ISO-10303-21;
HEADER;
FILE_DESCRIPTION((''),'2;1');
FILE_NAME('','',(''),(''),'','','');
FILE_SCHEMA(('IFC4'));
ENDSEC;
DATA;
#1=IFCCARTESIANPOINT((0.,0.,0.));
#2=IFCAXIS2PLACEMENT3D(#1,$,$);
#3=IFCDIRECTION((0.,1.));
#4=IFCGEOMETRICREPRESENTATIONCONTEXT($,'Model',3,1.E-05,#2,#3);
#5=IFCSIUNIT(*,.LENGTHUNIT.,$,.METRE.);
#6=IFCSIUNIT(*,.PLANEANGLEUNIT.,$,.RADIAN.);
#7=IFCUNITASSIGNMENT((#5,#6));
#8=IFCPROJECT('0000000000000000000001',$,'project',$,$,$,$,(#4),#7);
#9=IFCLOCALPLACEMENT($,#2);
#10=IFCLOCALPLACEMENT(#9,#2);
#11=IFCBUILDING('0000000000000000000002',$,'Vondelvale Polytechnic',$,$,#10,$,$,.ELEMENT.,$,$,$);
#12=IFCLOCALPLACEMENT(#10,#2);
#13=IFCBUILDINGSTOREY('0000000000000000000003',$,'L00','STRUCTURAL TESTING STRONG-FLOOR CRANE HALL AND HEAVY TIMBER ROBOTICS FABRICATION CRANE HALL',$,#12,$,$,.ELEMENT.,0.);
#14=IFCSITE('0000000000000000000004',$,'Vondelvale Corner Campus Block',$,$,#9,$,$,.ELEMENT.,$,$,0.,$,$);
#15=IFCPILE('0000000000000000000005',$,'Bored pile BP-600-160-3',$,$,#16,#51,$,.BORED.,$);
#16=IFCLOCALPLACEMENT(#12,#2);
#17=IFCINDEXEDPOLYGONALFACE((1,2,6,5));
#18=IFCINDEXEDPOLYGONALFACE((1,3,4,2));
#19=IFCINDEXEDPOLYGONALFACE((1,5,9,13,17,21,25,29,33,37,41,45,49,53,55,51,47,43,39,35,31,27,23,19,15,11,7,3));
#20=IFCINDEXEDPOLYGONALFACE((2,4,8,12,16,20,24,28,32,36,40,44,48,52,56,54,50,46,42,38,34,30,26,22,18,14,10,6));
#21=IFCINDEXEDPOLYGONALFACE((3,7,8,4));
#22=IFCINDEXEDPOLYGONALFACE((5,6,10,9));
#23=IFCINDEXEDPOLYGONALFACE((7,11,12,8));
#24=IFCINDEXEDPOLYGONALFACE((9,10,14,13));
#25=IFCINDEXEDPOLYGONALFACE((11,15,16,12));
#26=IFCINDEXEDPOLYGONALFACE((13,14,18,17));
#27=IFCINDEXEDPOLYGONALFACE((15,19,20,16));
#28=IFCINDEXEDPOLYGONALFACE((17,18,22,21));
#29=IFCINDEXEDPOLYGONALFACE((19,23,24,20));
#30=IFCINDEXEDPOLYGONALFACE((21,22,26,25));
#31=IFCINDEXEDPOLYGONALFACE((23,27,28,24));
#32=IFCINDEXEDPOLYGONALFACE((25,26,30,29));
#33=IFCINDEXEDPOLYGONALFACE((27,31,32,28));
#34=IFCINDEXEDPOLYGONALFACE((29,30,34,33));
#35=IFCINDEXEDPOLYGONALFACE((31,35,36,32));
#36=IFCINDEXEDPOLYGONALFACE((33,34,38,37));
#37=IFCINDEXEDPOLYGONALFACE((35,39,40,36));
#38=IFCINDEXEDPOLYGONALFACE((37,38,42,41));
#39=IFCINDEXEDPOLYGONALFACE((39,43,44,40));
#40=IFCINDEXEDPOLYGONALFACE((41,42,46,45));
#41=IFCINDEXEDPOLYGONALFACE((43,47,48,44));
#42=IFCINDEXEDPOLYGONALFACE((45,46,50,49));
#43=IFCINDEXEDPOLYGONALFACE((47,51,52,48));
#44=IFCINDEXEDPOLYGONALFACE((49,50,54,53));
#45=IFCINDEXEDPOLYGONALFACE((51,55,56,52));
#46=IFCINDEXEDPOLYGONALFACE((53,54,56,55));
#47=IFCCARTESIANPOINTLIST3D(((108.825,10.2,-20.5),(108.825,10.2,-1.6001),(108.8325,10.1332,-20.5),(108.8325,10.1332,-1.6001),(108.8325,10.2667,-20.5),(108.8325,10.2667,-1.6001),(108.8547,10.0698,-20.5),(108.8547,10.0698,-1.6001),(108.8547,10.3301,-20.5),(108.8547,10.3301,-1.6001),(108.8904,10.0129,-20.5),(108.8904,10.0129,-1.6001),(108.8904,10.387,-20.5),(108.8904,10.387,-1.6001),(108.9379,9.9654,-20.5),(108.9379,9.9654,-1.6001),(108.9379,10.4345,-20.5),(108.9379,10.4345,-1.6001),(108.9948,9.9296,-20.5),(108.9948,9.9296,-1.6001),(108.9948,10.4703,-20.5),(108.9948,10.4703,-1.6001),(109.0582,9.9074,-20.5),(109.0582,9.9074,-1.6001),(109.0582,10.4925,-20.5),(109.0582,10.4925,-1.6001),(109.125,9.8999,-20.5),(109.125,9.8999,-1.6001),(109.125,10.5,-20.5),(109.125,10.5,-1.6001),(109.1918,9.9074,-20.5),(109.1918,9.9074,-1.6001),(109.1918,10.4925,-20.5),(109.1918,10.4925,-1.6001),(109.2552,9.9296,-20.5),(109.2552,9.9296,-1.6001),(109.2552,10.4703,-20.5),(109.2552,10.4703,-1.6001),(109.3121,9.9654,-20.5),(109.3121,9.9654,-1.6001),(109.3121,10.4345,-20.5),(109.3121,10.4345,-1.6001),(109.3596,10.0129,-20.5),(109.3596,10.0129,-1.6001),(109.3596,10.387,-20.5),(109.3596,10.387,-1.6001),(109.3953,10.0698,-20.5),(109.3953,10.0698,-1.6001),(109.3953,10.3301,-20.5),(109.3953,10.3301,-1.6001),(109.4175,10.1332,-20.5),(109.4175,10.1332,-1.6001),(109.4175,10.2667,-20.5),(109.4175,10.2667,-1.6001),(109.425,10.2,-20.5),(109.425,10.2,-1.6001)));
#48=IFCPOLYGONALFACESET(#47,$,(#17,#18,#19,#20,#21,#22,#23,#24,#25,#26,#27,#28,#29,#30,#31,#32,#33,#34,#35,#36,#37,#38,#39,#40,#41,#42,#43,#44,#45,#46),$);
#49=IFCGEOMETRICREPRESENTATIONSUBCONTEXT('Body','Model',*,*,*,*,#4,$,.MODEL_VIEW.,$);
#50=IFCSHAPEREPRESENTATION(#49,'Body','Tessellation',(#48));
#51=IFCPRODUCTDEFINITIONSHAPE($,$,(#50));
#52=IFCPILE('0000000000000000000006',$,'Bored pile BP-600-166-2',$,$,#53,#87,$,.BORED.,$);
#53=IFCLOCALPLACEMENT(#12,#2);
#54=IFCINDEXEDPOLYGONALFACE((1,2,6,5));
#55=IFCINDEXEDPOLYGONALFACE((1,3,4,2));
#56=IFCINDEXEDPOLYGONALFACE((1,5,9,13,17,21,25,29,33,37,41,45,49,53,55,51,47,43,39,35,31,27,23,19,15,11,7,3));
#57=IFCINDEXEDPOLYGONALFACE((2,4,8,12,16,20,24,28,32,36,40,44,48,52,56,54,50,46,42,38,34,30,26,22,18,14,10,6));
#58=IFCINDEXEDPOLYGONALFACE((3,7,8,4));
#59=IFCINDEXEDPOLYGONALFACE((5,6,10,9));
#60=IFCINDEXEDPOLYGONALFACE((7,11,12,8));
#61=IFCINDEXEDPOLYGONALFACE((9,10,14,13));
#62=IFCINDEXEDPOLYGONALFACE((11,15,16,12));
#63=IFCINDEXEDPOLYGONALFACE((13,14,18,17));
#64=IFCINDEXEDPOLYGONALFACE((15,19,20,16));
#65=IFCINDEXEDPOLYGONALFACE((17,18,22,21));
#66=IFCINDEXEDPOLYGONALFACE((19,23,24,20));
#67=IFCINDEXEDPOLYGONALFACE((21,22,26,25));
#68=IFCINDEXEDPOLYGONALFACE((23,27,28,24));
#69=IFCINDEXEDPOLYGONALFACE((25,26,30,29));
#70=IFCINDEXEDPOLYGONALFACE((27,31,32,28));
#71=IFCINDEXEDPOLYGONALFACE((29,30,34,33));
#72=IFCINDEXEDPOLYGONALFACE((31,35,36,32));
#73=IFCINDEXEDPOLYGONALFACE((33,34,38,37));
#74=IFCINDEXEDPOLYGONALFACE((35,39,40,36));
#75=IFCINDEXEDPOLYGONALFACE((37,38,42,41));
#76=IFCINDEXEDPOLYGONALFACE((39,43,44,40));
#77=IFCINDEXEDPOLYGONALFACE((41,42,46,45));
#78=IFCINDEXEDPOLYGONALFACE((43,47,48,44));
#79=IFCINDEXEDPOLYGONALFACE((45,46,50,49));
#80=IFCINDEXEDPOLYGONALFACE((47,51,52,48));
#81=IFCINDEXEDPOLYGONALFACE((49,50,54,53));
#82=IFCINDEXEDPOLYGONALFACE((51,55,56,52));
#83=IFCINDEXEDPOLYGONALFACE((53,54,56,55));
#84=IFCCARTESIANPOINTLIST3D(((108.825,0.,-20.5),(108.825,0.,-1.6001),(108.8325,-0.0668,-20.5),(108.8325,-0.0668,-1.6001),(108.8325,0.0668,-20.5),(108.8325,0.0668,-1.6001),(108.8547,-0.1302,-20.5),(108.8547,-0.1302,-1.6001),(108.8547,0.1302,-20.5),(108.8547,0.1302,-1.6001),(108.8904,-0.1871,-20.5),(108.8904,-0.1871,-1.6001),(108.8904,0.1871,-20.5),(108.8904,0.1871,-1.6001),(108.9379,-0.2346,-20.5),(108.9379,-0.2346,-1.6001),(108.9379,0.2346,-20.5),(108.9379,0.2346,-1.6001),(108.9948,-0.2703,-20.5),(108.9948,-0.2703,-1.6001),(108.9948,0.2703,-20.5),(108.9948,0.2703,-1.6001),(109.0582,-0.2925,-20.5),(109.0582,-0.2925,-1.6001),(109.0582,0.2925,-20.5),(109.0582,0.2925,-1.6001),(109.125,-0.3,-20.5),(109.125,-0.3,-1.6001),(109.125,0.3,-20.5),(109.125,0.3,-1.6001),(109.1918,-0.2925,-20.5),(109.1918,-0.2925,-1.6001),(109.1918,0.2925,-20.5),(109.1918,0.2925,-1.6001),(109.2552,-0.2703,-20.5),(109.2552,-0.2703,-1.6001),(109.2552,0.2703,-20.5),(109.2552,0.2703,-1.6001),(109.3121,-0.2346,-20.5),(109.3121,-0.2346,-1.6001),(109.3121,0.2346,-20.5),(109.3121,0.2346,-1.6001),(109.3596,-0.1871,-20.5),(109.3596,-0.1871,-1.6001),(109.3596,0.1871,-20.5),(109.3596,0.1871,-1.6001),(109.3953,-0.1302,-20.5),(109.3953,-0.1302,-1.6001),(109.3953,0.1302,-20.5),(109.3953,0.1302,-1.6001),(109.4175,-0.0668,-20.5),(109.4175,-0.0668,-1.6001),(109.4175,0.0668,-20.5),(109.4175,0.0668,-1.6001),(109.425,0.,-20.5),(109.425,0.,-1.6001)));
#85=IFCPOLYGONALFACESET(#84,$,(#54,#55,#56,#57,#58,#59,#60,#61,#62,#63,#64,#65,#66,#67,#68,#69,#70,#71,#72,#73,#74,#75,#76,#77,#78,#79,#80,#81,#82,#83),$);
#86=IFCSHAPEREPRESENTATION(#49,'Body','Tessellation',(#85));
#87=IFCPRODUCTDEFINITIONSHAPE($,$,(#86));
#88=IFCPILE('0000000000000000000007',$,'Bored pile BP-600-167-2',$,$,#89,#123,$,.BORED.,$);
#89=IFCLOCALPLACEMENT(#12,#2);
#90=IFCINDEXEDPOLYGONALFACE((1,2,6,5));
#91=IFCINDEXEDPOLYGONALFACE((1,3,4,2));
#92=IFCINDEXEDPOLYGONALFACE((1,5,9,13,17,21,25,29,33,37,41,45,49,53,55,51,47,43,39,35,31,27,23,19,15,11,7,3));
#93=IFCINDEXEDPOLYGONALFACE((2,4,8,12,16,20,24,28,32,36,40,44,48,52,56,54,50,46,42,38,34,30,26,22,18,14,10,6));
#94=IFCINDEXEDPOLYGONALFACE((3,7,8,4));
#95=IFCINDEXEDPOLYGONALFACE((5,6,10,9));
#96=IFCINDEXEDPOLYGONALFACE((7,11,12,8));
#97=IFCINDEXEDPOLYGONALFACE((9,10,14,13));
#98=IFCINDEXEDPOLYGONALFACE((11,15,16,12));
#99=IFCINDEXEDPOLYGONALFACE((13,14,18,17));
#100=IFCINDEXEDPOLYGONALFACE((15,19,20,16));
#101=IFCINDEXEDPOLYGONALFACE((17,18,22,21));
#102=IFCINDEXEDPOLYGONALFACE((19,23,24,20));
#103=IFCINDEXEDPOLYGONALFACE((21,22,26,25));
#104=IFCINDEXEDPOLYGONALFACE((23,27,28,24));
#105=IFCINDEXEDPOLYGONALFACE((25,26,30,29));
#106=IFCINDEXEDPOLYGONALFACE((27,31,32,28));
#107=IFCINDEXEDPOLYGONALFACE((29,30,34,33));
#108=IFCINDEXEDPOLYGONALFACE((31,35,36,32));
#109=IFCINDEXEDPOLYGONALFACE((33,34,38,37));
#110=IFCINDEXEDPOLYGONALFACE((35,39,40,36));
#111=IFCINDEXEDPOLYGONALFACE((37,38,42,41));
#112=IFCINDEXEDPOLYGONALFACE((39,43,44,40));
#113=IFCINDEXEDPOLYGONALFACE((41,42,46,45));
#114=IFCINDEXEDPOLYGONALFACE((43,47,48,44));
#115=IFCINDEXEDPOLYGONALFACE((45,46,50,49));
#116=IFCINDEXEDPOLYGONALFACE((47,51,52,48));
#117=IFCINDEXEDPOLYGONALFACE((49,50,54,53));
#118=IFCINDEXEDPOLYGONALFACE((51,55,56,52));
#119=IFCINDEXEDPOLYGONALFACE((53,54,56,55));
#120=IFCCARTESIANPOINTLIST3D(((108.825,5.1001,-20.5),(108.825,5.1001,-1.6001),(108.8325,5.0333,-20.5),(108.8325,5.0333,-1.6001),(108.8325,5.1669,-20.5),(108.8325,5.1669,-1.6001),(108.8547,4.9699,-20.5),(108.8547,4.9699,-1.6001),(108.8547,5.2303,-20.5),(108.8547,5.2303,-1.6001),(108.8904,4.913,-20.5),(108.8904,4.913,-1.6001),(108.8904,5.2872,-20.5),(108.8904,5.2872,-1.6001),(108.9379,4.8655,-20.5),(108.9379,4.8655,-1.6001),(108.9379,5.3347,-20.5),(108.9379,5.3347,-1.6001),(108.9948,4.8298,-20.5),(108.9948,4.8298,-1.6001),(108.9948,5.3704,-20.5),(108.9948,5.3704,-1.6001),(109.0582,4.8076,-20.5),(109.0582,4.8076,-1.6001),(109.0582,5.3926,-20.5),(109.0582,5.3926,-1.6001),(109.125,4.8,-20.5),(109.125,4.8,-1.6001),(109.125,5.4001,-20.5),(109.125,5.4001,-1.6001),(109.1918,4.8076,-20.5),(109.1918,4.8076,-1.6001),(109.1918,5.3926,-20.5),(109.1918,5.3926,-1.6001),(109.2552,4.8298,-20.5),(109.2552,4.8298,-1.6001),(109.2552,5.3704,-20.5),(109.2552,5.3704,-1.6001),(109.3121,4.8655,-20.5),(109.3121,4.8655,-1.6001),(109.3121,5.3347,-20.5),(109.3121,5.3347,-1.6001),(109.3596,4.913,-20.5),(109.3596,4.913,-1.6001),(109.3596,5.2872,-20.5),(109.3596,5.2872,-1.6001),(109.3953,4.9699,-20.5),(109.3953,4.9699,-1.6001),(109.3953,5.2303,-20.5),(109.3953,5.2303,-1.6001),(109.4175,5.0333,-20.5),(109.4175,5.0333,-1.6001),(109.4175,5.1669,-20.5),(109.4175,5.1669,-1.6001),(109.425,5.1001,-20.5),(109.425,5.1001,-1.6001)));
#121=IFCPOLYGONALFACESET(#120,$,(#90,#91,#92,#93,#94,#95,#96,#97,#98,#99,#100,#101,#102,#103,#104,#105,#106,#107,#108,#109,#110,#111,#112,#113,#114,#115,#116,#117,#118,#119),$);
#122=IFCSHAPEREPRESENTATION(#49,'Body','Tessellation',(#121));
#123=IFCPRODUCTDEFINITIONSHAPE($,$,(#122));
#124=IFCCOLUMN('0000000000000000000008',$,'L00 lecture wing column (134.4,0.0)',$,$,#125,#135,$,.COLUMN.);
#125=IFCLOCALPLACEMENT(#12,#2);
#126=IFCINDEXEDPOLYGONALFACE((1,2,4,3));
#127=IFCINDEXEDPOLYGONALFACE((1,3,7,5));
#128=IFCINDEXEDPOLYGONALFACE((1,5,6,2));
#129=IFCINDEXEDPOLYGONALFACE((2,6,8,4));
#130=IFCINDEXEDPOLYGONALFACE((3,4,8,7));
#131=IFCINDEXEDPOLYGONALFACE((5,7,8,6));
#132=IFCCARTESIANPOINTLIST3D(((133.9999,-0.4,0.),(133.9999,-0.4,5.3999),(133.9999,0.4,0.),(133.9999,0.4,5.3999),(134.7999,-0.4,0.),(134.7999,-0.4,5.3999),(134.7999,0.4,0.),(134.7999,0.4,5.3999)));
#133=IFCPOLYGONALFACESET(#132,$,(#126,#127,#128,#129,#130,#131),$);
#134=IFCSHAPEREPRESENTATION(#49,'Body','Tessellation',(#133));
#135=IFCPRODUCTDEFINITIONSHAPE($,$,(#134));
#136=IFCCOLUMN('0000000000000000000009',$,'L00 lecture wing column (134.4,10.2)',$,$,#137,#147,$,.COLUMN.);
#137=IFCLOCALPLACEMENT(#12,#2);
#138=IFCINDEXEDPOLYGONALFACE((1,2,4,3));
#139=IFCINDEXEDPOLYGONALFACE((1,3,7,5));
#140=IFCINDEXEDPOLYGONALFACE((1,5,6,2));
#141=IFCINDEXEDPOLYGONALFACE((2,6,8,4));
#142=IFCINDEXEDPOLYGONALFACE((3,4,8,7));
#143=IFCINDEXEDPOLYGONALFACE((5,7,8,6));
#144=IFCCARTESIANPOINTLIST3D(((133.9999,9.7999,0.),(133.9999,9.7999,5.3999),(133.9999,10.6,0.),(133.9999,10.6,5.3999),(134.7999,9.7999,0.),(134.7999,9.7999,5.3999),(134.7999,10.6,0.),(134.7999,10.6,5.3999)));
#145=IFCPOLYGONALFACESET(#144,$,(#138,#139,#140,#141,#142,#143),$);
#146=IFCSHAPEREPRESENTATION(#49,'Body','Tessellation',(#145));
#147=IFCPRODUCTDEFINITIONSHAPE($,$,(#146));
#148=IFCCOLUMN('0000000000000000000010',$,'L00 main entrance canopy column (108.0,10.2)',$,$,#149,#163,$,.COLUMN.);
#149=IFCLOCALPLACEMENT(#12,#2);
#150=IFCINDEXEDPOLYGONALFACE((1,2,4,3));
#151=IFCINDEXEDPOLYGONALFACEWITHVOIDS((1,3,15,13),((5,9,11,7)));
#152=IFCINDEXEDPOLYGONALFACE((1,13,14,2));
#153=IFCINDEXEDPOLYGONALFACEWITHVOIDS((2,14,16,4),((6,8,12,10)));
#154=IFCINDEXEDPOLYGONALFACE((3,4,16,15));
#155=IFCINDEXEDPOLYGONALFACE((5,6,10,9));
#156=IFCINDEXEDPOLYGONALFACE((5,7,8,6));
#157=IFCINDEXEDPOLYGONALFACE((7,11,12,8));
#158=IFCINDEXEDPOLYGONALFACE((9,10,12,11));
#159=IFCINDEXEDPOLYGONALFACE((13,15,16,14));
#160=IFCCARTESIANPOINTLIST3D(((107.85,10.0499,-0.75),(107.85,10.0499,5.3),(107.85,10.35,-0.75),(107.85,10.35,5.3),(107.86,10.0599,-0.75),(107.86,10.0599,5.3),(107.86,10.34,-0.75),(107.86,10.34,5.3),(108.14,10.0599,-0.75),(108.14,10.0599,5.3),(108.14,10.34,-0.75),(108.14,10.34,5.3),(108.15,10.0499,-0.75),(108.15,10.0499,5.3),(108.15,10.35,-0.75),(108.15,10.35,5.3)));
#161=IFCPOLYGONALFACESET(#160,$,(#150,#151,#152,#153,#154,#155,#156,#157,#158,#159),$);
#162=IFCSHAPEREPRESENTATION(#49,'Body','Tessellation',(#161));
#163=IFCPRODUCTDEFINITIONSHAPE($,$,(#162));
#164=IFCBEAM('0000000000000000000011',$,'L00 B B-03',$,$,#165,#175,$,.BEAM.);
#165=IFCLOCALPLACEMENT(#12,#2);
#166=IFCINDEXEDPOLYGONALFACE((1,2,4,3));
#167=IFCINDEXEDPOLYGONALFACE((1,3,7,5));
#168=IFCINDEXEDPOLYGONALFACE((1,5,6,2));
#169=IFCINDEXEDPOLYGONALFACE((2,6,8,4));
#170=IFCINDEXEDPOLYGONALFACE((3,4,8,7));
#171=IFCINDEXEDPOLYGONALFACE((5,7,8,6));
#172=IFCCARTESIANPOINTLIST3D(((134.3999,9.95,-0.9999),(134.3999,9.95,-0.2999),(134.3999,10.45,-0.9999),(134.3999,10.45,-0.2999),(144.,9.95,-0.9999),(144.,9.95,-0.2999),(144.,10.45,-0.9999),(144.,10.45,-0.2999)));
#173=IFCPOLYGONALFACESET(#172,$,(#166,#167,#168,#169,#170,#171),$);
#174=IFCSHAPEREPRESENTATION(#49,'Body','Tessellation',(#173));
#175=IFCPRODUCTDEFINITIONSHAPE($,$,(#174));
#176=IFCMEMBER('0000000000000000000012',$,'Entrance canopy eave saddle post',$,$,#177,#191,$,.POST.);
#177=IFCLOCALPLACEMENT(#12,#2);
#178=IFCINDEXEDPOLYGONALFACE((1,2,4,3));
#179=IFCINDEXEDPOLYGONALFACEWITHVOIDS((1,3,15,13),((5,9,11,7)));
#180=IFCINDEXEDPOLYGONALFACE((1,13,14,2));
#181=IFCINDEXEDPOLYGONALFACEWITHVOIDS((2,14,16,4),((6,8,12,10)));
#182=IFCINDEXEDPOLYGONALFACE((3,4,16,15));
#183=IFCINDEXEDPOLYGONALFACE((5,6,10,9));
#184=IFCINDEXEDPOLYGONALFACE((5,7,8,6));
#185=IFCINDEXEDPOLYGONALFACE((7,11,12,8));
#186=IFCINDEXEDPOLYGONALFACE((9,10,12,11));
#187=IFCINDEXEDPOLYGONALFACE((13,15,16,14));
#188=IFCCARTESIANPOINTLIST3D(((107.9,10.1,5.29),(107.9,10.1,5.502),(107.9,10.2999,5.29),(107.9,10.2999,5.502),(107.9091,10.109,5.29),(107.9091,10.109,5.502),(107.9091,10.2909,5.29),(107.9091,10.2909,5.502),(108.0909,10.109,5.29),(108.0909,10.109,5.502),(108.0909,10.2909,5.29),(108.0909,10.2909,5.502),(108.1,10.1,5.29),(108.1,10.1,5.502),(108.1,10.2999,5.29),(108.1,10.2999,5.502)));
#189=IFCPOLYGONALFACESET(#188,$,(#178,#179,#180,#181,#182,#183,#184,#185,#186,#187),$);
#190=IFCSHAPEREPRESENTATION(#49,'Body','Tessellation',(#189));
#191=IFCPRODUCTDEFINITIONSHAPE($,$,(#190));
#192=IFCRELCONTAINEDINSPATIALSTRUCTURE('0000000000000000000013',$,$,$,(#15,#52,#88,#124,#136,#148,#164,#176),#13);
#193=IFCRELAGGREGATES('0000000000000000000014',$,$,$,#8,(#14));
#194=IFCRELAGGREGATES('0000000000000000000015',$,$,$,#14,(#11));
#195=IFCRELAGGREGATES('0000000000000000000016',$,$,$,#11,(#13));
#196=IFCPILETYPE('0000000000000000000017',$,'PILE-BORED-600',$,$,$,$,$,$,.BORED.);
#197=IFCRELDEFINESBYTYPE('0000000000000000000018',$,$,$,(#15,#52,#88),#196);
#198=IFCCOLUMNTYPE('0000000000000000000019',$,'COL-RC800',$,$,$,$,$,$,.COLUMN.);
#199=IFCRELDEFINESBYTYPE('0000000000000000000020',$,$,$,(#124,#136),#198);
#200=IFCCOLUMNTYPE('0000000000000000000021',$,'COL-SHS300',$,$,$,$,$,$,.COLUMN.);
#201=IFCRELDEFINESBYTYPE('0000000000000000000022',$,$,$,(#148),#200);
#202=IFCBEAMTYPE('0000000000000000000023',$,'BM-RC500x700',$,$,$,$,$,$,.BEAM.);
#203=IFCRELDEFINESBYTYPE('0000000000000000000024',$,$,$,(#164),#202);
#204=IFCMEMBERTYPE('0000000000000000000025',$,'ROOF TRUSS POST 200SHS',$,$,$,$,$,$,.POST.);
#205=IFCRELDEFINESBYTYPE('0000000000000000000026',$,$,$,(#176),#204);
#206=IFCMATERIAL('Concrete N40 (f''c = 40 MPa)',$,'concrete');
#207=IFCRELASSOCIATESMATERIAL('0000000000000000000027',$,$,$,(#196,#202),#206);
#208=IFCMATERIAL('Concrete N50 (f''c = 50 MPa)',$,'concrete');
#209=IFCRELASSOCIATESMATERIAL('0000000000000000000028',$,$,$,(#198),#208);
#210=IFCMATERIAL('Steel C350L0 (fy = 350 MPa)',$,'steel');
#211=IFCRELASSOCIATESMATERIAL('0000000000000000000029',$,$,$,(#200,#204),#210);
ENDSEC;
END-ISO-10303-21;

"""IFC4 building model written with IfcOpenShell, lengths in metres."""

from ifc_helpers import new_model, si_unit, direction, frame, origin, origin_2d, place, context, subcontext, project, spatial, rectangle, hollow_rectangle, circle, extrude, material, material_profile, profile_set, type_object, element, save


model = new_model("IFC4")

# Units and contexts
model_context = context("Model", 3, precision=1e-05, world=origin(), true_north=direction((0.0, 1.0)))
body_context = subcontext(model_context, "Body", "Model", "MODEL_VIEW")
ifc_project = project(units=[si_unit("LENGTHUNIT", "METRE"), si_unit("PLANEANGLEUNIT", "RADIAN")], contexts=[model_context])

# Site, building, storey
site_placement = place(None, origin())
site = spatial("IfcSite", under=ifc_project, at=site_placement, Name="Vondelvale Corner Campus Block", CompositionType="ELEMENT", RefElevation=0.0)
building_placement = place(site_placement, origin())
building = spatial("IfcBuilding", under=site, at=building_placement, Name="Vondelvale Polytechnic", CompositionType="ELEMENT")
storey_placement = place(building_placement, origin())
storey = spatial("IfcBuildingStorey", under=building, at=storey_placement, Name="L00", Description="STRUCTURAL TESTING STRONG-FLOOR CRANE HALL AND HEAVY TIMBER ROBOTICS FABRICATION CRANE HALL", CompositionType="ELEMENT", Elevation=0.0)

# Piles
ifc_material_1 = material(Name="Concrete N40 (f'c = 40 MPa)", Category="concrete")
ifc_material_profile_1 = material_profile(ifc_material_1, circle(Radius=0.3, at=origin_2d()), Name="PILE-D600")
ifc_profile_set_1 = profile_set([ifc_material_profile_1], Name="Concrete N40 (f'c = 40 MPa)")
pile_type = type_object("IfcPileType", Name="PILE-BORED-600", PredefinedType="BORED", material=ifc_profile_set_1)
for number, where, z_axis, x_axis, name in (
    (1, (109.125, 10.2, -1.6001), (0.0, 0.0, -1.0), (1.0, 0.0, 0.0), "Bored pile BP-600-160-3"),
    (2, (109.125, 0.0, -1.6001), (0.0, 0.0, -1.0), (1.0, 0.0, 0.0), "Bored pile BP-600-166-2"),
    (3, (109.125, 5.1001, -1.6001), (0.0, 0.0, -1.0), (1.0, 0.0, 0.0), "Bored pile BP-600-167-2"),
):
    element("IfcPile", number, at=place(storey_placement, frame(where, z_axis=z_axis, x_axis=x_axis)), inside=storey, type_object=pile_type, Name=name, PredefinedType="BORED", context=body_context, shape_type="SweptSolid", body=[
        extrude(circle(Radius=0.3, at=origin_2d()), origin(), (0.0, 0.0, 1.0), 18.8999),
    ])

# Columns
ifc_material_2 = material(Name="Concrete N50 (f'c = 50 MPa)", Category="concrete")
ifc_material_profile_2 = material_profile(ifc_material_2, rectangle(XDim=0.8, YDim=0.8, at=origin_2d()), Name="RC-COL-800x800")
ifc_profile_set_2 = profile_set([ifc_material_profile_2], Name="Concrete N50 (f'c = 50 MPa)")
column_type_1 = type_object("IfcColumnType", Name="COL-RC800", PredefinedType="COLUMN", material=ifc_profile_set_2)
for number, where, z_axis, x_axis, name in (
    (4, (134.3999, 0.0, 0.0), (0.0, 0.0, 1.0), (1.0, 0.0, 0.0), "L00 lecture wing column (134.4,0.0)"),
    (5, (134.3999, 10.2, 0.0), (0.0, 0.0, 1.0), (1.0, 0.0, 0.0), "L00 lecture wing column (134.4,10.2)"),
):
    element("IfcColumn", number, at=place(storey_placement, frame(where, z_axis=z_axis, x_axis=x_axis)), inside=storey, type_object=column_type_1, Name=name, PredefinedType="COLUMN", context=body_context, shape_type="SweptSolid", body=[
        extrude(rectangle(XDim=0.8, YDim=0.8, at=origin_2d()), origin(), (0.0, 0.0, 1.0), 5.3999),
    ])
ifc_material_3 = material(Name="Steel C350L0 (fy = 350 MPa)", Category="steel")
ifc_material_profile_3 = material_profile(ifc_material_3, hollow_rectangle(XDim=0.3, YDim=0.3, WallThickness=0.01, at=origin_2d()), Name="300x300x10.0SHS")
ifc_profile_set_3 = profile_set([ifc_material_profile_3], Name="Steel C350L0 (fy = 350 MPa)")
column_type_2 = type_object("IfcColumnType", Name="COL-SHS300", PredefinedType="COLUMN", material=ifc_profile_set_3)
column_placement = place(storey_placement, frame((108.0, 10.2, -0.75), z_axis=(0.0, 0.0, 1.0), x_axis=(1.0, 0.0, 0.0)))
element("IfcColumn", 6, at=column_placement, inside=storey, type_object=column_type_2, Name="L00 main entrance canopy column (108.0,10.2)", PredefinedType="COLUMN", context=body_context, shape_type="SweptSolid", body=[
    extrude(hollow_rectangle(XDim=0.3, YDim=0.3, WallThickness=0.01, at=origin_2d()), origin(), (0.0, 0.0, 1.0), 6.05),
])

# Beam
ifc_material_profile_4 = material_profile(ifc_material_1, rectangle(XDim=0.5, YDim=0.7, at=origin_2d()), Name="RC-BM-500x700")
ifc_profile_set_4 = profile_set([ifc_material_profile_4], Name="Concrete N40 (f'c = 40 MPa)")
beam_type_1 = type_object("IfcBeamType", Name="BM-RC500x700", PredefinedType="BEAM", material=ifc_profile_set_4)
beam_1_placement = place(storey_placement, frame((134.3999, 10.2, -0.6499), z_axis=(1.0, 0.0, 0.0), x_axis=(0.0, 1.0, 0.0)))
element("IfcBeam", 7, at=beam_1_placement, inside=storey, type_object=beam_type_1, Name="L00 B B-03", PredefinedType="BEAM", context=body_context, shape_type="SweptSolid", body=[
    extrude(rectangle(XDim=0.5, YDim=0.7, at=origin_2d()), origin(), (0.0, 0.0, 1.0), 9.6001),
])

# Member
ifc_material_profile_5 = material_profile(ifc_material_3, hollow_rectangle(XDim=0.2, YDim=0.2, WallThickness=0.009, at=origin_2d()), Name="200x200x9.0SHS")
ifc_profile_set_5 = profile_set([ifc_material_profile_5], Name="Steel C350L0 (fy = 350 MPa)")
member_type = type_object("IfcMemberType", Name="ROOF TRUSS POST 200SHS", PredefinedType="POST", material=ifc_profile_set_5)
member_placement = place(storey_placement, frame((108.0, 10.2, 5.29), z_axis=(0.0, 0.0, 1.0), x_axis=(1.0, 0.0, 0.0)))
element("IfcMember", 8, at=member_placement, inside=storey, type_object=member_type, Name="Entrance canopy eave saddle post", PredefinedType="POST", context=body_context, shape_type="SweptSolid", body=[
    extrude(hollow_rectangle(XDim=0.2, YDim=0.2, WallThickness=0.009, at=origin_2d()), origin(), (0.0, 0.0, 1.0), 0.2119),
])

save(model, "model.ifc")
